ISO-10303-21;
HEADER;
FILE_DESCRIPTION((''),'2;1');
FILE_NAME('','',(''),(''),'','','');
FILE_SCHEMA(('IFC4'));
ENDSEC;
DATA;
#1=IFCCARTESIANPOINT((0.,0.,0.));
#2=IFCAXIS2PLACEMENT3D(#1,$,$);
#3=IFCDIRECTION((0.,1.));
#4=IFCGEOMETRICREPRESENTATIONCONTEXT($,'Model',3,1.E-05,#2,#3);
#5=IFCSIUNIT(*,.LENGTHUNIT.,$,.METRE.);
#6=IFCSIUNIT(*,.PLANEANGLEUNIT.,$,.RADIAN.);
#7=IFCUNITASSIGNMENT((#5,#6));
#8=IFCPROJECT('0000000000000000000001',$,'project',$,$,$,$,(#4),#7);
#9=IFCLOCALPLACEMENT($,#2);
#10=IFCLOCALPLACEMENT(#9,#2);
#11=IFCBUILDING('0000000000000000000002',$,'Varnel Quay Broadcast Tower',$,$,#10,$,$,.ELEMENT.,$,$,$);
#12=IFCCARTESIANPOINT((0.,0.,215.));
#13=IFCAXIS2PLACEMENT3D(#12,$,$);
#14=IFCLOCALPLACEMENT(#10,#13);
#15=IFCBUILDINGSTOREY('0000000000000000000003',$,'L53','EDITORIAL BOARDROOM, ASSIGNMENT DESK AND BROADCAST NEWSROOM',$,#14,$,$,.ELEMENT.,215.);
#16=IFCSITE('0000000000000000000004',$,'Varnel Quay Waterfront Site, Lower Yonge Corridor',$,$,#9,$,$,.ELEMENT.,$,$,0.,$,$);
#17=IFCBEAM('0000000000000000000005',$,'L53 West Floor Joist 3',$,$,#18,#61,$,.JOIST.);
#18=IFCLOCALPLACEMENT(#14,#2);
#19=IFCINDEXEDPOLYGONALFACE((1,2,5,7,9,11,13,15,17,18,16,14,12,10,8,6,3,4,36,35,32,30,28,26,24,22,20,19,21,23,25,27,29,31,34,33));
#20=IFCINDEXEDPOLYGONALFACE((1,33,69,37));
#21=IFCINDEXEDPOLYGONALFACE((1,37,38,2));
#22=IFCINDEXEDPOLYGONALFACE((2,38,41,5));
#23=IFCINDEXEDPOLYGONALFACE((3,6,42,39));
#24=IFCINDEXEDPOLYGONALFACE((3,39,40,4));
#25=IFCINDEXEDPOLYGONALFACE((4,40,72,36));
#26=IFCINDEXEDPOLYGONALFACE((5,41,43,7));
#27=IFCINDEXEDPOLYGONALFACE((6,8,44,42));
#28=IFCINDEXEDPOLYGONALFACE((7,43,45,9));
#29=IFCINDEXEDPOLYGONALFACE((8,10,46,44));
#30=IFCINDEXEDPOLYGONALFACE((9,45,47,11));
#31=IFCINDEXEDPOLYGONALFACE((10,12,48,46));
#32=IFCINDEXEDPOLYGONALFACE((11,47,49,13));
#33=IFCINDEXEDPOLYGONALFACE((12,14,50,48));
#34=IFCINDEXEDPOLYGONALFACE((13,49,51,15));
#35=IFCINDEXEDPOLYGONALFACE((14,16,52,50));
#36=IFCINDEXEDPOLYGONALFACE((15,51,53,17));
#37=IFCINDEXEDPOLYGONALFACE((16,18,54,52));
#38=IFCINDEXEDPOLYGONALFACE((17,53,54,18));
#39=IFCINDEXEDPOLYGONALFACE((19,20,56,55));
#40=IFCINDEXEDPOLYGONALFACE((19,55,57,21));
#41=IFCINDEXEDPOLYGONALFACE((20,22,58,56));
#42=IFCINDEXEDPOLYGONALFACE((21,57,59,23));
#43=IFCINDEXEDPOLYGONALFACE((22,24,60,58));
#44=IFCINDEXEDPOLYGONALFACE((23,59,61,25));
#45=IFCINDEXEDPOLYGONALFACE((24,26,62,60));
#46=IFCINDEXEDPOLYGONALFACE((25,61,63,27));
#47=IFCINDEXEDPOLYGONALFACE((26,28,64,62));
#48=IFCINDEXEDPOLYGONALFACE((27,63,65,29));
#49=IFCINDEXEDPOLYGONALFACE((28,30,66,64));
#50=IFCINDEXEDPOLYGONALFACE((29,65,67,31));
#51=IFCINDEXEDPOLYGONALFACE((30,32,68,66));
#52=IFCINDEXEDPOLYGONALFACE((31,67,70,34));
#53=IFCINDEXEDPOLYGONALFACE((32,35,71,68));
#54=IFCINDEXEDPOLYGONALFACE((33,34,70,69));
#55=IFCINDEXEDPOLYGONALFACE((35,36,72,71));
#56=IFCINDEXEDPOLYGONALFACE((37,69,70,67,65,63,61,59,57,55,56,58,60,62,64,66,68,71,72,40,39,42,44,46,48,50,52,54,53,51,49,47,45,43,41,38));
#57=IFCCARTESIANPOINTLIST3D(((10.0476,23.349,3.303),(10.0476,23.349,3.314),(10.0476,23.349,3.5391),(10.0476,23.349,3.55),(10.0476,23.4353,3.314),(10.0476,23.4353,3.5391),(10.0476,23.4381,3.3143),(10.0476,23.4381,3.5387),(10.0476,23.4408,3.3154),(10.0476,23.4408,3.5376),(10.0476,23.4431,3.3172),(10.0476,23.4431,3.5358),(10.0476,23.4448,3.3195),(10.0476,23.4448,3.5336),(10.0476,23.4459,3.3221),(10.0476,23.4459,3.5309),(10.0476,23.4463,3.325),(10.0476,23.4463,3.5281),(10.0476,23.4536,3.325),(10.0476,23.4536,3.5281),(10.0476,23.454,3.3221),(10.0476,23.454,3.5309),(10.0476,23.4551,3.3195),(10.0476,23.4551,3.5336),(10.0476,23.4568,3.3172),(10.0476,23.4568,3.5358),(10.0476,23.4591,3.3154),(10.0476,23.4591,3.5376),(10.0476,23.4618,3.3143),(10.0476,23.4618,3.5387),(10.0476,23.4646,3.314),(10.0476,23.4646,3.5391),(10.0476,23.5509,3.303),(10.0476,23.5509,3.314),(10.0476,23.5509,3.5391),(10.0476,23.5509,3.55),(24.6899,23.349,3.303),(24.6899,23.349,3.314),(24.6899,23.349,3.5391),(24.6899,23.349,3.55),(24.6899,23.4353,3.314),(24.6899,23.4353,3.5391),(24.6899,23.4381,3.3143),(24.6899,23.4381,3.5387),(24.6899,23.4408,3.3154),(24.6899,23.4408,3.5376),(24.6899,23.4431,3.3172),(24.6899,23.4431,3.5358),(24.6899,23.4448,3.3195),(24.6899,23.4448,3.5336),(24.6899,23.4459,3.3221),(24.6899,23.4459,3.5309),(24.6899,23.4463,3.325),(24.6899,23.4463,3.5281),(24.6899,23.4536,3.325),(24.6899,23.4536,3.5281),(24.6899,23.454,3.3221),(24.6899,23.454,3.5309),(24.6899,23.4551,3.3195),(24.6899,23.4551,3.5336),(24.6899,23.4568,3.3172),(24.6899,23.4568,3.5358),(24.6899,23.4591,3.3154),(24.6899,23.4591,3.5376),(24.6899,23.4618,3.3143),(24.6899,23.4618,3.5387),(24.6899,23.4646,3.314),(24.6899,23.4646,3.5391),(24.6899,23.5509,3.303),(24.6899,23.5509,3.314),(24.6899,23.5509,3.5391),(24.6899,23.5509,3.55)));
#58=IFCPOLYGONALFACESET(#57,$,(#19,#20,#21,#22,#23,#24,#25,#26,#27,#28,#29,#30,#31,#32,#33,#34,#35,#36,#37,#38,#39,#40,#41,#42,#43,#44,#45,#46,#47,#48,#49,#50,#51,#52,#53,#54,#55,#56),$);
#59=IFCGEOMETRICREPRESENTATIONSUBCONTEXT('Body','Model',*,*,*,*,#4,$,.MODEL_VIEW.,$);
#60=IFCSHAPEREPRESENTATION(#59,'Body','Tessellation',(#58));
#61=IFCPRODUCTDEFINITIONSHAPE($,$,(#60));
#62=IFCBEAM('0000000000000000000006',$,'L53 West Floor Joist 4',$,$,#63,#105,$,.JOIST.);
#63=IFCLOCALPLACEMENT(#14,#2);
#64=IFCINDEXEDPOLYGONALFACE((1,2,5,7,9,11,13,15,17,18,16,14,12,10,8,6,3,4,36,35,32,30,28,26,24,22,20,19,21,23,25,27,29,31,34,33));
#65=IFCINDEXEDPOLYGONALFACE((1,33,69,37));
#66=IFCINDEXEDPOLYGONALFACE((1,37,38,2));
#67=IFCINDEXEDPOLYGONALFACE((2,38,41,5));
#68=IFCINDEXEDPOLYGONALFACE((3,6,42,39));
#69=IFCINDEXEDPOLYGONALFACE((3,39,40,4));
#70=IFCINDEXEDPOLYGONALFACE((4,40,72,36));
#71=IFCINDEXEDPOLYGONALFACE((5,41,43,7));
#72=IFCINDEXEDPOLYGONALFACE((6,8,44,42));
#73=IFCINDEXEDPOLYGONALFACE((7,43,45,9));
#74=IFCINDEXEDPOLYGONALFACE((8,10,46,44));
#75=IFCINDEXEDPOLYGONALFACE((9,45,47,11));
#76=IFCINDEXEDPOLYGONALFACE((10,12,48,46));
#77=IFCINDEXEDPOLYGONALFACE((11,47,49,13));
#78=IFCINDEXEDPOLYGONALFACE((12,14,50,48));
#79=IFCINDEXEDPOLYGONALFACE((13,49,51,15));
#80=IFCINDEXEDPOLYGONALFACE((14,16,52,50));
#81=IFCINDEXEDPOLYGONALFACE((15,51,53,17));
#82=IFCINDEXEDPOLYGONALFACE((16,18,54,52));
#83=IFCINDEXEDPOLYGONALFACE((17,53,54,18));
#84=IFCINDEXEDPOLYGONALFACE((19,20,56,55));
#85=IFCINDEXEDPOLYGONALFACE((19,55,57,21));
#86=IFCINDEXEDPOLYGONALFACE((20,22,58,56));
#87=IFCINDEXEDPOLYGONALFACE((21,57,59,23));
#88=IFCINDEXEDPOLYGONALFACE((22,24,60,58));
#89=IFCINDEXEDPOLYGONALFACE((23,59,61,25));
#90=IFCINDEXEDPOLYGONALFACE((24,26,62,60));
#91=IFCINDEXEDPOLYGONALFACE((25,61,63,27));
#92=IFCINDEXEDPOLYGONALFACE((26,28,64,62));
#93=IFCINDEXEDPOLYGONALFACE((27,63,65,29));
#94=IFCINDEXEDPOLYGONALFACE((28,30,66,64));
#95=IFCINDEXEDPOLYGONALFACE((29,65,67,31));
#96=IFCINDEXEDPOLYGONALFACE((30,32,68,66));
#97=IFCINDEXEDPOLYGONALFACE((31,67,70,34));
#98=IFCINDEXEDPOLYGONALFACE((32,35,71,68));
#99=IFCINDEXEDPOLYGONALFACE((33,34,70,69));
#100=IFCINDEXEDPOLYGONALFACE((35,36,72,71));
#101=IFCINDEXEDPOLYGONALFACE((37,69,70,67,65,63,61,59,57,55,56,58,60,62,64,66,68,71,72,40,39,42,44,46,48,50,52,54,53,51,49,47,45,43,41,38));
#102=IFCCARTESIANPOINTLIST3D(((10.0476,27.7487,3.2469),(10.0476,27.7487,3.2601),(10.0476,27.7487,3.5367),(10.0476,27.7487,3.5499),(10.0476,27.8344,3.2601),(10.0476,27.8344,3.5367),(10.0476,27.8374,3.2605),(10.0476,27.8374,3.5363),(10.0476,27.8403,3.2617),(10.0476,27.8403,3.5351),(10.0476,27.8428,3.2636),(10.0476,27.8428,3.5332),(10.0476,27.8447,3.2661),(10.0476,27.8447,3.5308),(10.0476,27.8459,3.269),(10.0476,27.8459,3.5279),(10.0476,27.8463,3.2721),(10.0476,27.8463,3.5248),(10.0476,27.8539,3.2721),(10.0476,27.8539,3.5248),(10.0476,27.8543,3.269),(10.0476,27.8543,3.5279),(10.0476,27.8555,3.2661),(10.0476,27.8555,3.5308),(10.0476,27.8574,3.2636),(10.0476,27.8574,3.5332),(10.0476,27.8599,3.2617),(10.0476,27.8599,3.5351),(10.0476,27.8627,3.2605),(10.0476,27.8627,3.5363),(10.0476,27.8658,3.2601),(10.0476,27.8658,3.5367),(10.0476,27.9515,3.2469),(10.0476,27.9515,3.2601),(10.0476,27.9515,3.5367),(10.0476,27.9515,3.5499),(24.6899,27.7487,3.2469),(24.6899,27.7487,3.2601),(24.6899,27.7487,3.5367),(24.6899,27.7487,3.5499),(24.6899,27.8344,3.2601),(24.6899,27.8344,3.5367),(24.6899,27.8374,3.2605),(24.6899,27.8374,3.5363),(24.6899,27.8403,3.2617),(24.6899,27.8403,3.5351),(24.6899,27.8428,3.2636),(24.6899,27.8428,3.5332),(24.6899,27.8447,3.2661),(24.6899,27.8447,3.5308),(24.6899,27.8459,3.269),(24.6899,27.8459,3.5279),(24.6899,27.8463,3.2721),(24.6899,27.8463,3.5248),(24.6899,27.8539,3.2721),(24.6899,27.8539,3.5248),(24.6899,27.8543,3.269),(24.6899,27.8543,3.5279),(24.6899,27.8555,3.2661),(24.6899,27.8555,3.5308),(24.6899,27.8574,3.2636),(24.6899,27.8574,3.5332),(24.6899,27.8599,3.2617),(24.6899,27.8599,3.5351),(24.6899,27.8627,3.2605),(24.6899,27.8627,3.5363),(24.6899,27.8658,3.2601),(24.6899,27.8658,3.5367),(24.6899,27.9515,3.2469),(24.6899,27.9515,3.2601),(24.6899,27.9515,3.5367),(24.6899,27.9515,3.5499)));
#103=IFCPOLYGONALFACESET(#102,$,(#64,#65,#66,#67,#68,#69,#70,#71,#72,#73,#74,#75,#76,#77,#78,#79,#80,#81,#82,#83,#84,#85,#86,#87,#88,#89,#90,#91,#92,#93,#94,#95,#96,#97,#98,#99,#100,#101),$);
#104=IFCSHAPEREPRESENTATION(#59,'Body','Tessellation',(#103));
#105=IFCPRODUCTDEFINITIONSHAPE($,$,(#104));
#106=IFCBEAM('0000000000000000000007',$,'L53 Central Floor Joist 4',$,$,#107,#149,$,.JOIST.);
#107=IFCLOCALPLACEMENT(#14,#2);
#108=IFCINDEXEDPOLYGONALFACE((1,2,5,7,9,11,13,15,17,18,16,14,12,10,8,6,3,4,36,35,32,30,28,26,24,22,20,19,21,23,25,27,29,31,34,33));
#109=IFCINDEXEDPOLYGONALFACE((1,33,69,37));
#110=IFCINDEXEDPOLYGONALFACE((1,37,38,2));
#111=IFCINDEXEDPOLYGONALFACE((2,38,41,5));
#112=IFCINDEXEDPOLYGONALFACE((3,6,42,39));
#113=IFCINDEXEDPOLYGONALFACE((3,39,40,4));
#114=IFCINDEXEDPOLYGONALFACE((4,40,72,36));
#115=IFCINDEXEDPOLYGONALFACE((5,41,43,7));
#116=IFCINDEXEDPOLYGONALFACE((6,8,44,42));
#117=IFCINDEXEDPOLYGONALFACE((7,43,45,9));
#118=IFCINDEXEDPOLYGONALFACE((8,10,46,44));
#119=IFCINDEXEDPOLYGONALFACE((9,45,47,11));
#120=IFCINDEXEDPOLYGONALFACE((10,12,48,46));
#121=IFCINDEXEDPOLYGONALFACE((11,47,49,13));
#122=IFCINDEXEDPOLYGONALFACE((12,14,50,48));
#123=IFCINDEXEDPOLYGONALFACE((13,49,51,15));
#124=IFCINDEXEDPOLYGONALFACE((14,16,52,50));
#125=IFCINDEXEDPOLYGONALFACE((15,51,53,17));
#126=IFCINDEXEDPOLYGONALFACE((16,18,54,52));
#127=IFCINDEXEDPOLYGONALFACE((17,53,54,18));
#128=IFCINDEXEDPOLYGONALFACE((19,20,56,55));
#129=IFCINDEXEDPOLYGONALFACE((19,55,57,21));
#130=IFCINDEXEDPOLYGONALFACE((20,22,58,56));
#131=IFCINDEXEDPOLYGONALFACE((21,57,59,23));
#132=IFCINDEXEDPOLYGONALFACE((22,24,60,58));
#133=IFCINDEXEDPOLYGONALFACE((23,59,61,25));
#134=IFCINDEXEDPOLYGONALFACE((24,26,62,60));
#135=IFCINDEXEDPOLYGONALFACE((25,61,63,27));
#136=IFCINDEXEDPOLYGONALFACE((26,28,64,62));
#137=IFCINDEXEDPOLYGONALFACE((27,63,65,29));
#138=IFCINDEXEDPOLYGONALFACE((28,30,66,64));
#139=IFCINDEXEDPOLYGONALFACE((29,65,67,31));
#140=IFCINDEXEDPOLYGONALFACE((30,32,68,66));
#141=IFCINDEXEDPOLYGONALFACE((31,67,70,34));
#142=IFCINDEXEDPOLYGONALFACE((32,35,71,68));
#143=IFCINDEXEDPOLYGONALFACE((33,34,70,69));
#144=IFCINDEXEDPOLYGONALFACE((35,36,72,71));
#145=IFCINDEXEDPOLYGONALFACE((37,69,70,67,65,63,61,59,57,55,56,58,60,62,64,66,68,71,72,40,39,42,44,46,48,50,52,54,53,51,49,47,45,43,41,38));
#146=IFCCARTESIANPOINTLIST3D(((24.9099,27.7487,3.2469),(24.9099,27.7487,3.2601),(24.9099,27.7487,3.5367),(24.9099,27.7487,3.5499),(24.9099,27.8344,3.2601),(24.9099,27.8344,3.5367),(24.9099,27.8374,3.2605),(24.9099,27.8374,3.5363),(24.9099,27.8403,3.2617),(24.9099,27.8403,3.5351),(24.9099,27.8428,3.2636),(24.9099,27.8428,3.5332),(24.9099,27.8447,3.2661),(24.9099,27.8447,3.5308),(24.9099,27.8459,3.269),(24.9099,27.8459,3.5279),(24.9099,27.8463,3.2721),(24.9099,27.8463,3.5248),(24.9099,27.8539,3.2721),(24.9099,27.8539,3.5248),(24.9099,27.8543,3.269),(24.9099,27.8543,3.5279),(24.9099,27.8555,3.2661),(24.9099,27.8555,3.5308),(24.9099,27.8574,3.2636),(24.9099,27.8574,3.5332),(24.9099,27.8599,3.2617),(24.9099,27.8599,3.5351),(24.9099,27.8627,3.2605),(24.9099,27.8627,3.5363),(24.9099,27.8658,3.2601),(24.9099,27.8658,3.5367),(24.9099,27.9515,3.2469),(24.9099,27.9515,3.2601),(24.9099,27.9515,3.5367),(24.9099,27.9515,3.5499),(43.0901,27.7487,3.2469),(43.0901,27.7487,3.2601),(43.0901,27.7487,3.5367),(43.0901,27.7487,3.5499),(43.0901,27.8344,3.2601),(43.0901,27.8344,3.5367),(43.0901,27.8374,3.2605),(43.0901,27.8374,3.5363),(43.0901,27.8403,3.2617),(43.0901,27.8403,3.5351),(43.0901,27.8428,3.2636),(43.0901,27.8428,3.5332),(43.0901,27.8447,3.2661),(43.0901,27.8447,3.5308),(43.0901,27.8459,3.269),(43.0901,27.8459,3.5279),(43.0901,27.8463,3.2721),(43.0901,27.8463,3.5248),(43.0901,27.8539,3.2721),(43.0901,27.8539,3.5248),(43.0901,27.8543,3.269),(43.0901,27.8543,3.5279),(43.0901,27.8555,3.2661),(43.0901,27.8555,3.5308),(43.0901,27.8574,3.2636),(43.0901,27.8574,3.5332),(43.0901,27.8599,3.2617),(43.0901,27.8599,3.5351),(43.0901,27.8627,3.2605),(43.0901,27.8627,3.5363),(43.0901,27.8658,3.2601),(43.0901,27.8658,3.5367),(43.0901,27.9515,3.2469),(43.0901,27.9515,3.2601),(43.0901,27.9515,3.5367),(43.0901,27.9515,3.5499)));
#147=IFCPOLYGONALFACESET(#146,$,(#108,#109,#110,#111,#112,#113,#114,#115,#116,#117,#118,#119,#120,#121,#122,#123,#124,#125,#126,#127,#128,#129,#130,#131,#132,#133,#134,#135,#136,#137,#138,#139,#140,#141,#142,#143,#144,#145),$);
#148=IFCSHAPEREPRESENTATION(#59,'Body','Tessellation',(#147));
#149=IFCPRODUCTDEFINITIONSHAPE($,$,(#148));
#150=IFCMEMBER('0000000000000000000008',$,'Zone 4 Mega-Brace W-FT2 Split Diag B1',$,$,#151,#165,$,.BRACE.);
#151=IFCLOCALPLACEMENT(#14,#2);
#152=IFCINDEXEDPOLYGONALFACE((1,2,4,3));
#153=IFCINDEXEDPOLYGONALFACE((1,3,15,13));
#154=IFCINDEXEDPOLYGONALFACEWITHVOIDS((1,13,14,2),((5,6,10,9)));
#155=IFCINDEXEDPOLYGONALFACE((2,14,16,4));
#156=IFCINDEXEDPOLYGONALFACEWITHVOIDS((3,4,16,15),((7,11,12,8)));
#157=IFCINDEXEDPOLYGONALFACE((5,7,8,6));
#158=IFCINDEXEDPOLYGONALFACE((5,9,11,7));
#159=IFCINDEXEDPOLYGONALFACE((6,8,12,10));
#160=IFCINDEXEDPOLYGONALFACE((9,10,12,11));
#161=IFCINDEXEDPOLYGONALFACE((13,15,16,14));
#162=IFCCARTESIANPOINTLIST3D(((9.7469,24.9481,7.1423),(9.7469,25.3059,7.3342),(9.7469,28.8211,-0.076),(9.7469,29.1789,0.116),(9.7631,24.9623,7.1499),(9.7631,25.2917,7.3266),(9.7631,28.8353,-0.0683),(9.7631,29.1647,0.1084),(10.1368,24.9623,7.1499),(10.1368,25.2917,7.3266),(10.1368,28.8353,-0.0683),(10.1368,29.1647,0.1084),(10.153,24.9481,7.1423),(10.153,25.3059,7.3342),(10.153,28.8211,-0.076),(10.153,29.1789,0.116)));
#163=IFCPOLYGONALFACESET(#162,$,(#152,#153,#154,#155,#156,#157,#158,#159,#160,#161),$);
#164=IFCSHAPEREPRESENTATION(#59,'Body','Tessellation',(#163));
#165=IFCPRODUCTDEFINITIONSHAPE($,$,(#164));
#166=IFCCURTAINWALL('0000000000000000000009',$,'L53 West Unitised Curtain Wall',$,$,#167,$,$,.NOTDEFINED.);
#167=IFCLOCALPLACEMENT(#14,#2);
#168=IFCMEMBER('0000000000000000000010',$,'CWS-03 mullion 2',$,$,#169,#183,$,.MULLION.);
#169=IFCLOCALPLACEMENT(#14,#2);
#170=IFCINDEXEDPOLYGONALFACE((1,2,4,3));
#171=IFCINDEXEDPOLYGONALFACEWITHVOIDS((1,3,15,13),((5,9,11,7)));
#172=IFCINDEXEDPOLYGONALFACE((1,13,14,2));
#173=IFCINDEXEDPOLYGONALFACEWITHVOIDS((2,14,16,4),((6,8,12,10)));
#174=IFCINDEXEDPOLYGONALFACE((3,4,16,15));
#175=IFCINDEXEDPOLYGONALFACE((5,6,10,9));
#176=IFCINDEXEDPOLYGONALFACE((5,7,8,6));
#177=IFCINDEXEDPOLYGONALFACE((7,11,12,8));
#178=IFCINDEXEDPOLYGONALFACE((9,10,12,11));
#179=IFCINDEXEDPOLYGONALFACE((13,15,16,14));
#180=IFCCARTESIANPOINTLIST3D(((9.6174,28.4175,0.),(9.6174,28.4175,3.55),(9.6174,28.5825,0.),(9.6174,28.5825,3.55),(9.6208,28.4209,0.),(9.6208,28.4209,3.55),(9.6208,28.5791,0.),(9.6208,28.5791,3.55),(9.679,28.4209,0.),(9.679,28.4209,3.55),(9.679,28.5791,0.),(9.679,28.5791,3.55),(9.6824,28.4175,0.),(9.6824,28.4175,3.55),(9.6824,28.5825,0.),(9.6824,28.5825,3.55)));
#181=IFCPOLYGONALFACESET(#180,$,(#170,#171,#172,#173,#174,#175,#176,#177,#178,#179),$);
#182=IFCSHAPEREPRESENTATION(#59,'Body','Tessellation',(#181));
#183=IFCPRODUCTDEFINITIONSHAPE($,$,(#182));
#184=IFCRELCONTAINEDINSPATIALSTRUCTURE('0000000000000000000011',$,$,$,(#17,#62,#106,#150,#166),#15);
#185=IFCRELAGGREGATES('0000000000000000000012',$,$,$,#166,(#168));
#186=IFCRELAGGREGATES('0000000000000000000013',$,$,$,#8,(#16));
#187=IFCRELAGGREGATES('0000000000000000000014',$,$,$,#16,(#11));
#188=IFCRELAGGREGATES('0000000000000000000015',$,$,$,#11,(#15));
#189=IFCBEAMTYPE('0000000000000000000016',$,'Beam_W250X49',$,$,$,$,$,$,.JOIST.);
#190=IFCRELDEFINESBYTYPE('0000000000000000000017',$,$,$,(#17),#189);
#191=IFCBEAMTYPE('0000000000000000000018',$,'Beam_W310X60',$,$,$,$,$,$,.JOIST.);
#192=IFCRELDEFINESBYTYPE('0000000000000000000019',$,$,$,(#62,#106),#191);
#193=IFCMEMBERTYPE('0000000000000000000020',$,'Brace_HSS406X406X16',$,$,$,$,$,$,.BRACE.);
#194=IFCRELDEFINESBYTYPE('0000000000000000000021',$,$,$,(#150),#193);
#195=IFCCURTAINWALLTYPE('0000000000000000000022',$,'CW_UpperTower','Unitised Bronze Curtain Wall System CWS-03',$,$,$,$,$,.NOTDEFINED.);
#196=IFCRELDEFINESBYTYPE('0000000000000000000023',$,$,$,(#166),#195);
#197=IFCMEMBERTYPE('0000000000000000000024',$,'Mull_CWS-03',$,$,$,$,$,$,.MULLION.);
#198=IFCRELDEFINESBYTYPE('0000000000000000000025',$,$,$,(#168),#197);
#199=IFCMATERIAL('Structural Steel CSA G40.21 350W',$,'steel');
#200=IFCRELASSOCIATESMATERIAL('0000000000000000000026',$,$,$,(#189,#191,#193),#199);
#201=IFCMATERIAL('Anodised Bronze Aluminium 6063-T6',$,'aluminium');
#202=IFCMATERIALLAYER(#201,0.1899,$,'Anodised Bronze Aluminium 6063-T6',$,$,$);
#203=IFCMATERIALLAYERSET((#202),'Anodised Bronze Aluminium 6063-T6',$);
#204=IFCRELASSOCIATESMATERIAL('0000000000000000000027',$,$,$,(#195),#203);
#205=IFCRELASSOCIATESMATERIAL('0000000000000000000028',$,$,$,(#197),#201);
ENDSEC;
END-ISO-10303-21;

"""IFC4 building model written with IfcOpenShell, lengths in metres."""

from ifc_helpers import new_model, si_unit, direction, frame, origin, origin_2d, place, context, subcontext, project, spatial, hollow_rectangle, i_section, extrude, source, transform, mapped, material, layer, layer_set, material_profile, profile_set, type_object, type_shapes, element, aggregate, save


model = new_model("IFC4")

# Units and contexts
model_context = context("Model", 3, precision=1e-05, world=origin(), true_north=direction((0.0, 1.0)))
body_context = subcontext(model_context, "Body", "Model", "MODEL_VIEW")
ifc_project = project(units=[si_unit("LENGTHUNIT", "METRE"), si_unit("PLANEANGLEUNIT", "RADIAN")], contexts=[model_context])

# Site, building, storey
site_placement = place(None, origin())
site = spatial("IfcSite", under=ifc_project, at=site_placement, Name="Varnel Quay Waterfront Site, Lower Yonge Corridor", CompositionType="ELEMENT", RefElevation=0.0)
building_placement = place(site_placement, origin())
building = spatial("IfcBuilding", under=site, at=building_placement, Name="Varnel Quay Broadcast Tower", CompositionType="ELEMENT")
storey_placement = place(building_placement, frame((0.0, 0.0, 215.0)))
storey = spatial("IfcBuildingStorey", under=building, at=storey_placement, Name="L53", Description="EDITORIAL BOARDROOM, ASSIGNMENT DESK AND BROADCAST NEWSROOM", CompositionType="ELEMENT", Elevation=215.0)

# Shared definitions
ifc_material_1 = material(Name="Structural Steel CSA G40.21 350W", Category="steel")

# Beams
ifc_material_profile_1 = material_profile(ifc_material_1, i_section(OverallWidth=0.2019, OverallDepth=0.2471, WebThickness=0.0073, FlangeThickness=0.011, FilletRadius=0.011, at=origin_2d()), Name="W250X49")
ifc_profile_set_1 = profile_set([ifc_material_profile_1], Name="Structural Steel CSA G40.21 350W")
beam_type_1 = type_object("IfcBeamType", Name="Beam_W250X49", PredefinedType="JOIST", material=ifc_profile_set_1)
shared_shape_1 = source(origin(), body_context, "Body", "SweptSolid", [
    extrude(i_section(OverallWidth=0.2019, OverallDepth=0.2471, WebThickness=0.0073, FlangeThickness=0.011, FilletRadius=0.011, at=origin_2d()), origin(), (0.0, 0.0, 1.0), 14.6423),
])
beam_1_placement = place(storey_placement, frame((10.0476, 23.45, 3.4265), z_axis=(1.0, 0.0, 0.0), x_axis=(0.0, 1.0, 0.0)))
element("IfcBeam", 1, at=beam_1_placement, inside=storey, type_object=beam_type_1, Name="L53 West Floor Joist 3", PredefinedType="JOIST", context=body_context, shape_type="MappedRepresentation", body=[
    mapped(shared_shape_1, transform((0.0, 0.0, 0.0), x_axis=(1.0, 0.0, 0.0), y_axis=(0.0, 1.0, 0.0), z_axis=(0.0, 0.0, 1.0), scale=1.0)),
])
ifc_material_profile_2 = material_profile(ifc_material_1, i_section(OverallWidth=0.2029, OverallDepth=0.303, WebThickness=0.0076, FlangeThickness=0.0132, FilletRadius=0.012, at=origin_2d()), Name="W310X60")
ifc_profile_set_2 = profile_set([ifc_material_profile_2], Name="Structural Steel CSA G40.21 350W")
beam_type_2 = type_object("IfcBeamType", Name="Beam_W310X60", PredefinedType="JOIST", material=ifc_profile_set_2)
shared_shape_2 = source(origin(), body_context, "Body", "SweptSolid", [
    extrude(i_section(OverallWidth=0.2029, OverallDepth=0.303, WebThickness=0.0076, FlangeThickness=0.0132, FilletRadius=0.012, at=origin_2d()), origin(), (0.0, 0.0, 1.0), 14.6423),
])
beam_2_placement = place(storey_placement, frame((10.0476, 27.8501, 3.3984), z_axis=(1.0, 0.0, 0.0), x_axis=(0.0, 1.0, 0.0)))
element("IfcBeam", 2, at=beam_2_placement, inside=storey, type_object=beam_type_2, Name="L53 West Floor Joist 4", PredefinedType="JOIST", context=body_context, shape_type="MappedRepresentation", body=[
    mapped(shared_shape_2, transform((0.0, 0.0, 0.0), x_axis=(1.0, 0.0, 0.0), y_axis=(0.0, 1.0, 0.0), z_axis=(0.0, 0.0, 1.0), scale=1.0)),
])
shared_shape_3 = source(origin(), body_context, "Body", "SweptSolid", [
    extrude(i_section(OverallWidth=0.2029, OverallDepth=0.303, WebThickness=0.0076, FlangeThickness=0.0132, FilletRadius=0.012, at=origin_2d()), origin(), (0.0, 0.0, 1.0), 18.1802),
])
type_shapes(beam_type_2, [shared_shape_2, shared_shape_3])
beam_3_placement = place(storey_placement, frame((24.9099, 27.8501, 3.3984), z_axis=(1.0, 0.0, 0.0), x_axis=(0.0, 1.0, 0.0)))
element("IfcBeam", 3, at=beam_3_placement, inside=storey, type_object=beam_type_2, Name="L53 Central Floor Joist 4", PredefinedType="JOIST", context=body_context, shape_type="MappedRepresentation", body=[
    mapped(shared_shape_3, transform((0.0, 0.0, 0.0), x_axis=(1.0, 0.0, 0.0), y_axis=(0.0, 1.0, 0.0), z_axis=(0.0, 0.0, 1.0), scale=1.0)),
])

# Member
ifc_material_profile_3 = material_profile(ifc_material_1, hollow_rectangle(XDim=0.406, YDim=0.406, WallThickness=0.0161, at=origin_2d()), Name="HSS406X406X16")
ifc_profile_set_3 = profile_set([ifc_material_profile_3], Name="Structural Steel CSA G40.21 350W")
member_type_1 = type_object("IfcMemberType", Name="Brace_HSS406X406X16", PredefinedType="BRACE", material=ifc_profile_set_3)
shared_shape_4 = source(origin(), body_context, "Body", "SweptSolid", [
    extrude(hollow_rectangle(XDim=0.406, YDim=0.406, WallThickness=0.0161, at=origin_2d()), origin(), (0.0, 0.0, 1.0), 8.1917),
])
type_shapes(member_type_1, [shared_shape_4])
member_1_placement = place(storey_placement, frame((9.95, 29.0, 0.02), z_axis=(0.0, -0.472802, 0.881169), x_axis=(1.0, 0.0, 0.0)))
element("IfcMember", 4, at=member_1_placement, inside=storey, type_object=member_type_1, Name="Zone 4 Mega-Brace W-FT2 Split Diag B1", PredefinedType="BRACE", context=body_context, shape_type="MappedRepresentation", body=[
    mapped(shared_shape_4, transform((0.0, 0.0, 0.0), x_axis=(1.0, 0.0, 0.0), y_axis=(0.0, 1.0, 0.0), z_axis=(0.0, 0.0, 1.0), scale=1.0)),
])

# Curtain wall, member
ifc_material_2 = material(Name="Anodised Bronze Aluminium 6063-T6", Category="aluminium")
ifc_layer_1 = layer(ifc_material_2, 0.1899, Name="Anodised Bronze Aluminium 6063-T6")
ifc_layer_set_1 = layer_set([ifc_layer_1], Name="Anodised Bronze Aluminium 6063-T6")
curtain_wall_type = type_object("IfcCurtainWallType", Name="CW_UpperTower", Description="Unitised Bronze Curtain Wall System CWS-03", PredefinedType="NOTDEFINED", material=ifc_layer_set_1)
curtain_wall_placement = place(storey_placement, origin())
curtain_wall = element("IfcCurtainWall", 5, at=curtain_wall_placement, inside=storey, type_object=curtain_wall_type, Name="L53 West Unitised Curtain Wall", PredefinedType="NOTDEFINED")
ifc_material_profile_4 = material_profile(ifc_material_2, hollow_rectangle(XDim=0.0649, YDim=0.165, WallThickness=0.0034, at=origin_2d()), Name="ALU65X165X3.5")
ifc_profile_set_4 = profile_set([ifc_material_profile_4], Name="Anodised Bronze Aluminium 6063-T6")
member_type_2 = type_object("IfcMemberType", Name="Mull_CWS-03", PredefinedType="MULLION", material=ifc_profile_set_4)
shared_shape_5 = source(origin(), body_context, "Body", "SweptSolid", [
    extrude(hollow_rectangle(XDim=0.0649, YDim=0.165, WallThickness=0.0034, at=origin_2d()), origin(), (0.0, 0.0, 1.0), 3.55),
])
type_shapes(member_type_2, [shared_shape_5])
member_2_placement = place(storey_placement, frame((9.6499, 28.5, 0.0), z_axis=(0.0, 0.0, 1.0), x_axis=(-1.0, 0.0, 0.0)))
member_2 = element("IfcMember", 6, at=member_2_placement, type_object=member_type_2, Name="CWS-03 mullion 2", PredefinedType="MULLION", context=body_context, shape_type="MappedRepresentation", body=[
    mapped(shared_shape_5, transform((0.0, 0.0, 0.0), x_axis=(1.0, 0.0, 0.0), y_axis=(0.0, 1.0, 0.0), z_axis=(0.0, 0.0, 1.0), scale=1.0)),
])

aggregate(curtain_wall, [member_2])

save(model, "model.ifc")
